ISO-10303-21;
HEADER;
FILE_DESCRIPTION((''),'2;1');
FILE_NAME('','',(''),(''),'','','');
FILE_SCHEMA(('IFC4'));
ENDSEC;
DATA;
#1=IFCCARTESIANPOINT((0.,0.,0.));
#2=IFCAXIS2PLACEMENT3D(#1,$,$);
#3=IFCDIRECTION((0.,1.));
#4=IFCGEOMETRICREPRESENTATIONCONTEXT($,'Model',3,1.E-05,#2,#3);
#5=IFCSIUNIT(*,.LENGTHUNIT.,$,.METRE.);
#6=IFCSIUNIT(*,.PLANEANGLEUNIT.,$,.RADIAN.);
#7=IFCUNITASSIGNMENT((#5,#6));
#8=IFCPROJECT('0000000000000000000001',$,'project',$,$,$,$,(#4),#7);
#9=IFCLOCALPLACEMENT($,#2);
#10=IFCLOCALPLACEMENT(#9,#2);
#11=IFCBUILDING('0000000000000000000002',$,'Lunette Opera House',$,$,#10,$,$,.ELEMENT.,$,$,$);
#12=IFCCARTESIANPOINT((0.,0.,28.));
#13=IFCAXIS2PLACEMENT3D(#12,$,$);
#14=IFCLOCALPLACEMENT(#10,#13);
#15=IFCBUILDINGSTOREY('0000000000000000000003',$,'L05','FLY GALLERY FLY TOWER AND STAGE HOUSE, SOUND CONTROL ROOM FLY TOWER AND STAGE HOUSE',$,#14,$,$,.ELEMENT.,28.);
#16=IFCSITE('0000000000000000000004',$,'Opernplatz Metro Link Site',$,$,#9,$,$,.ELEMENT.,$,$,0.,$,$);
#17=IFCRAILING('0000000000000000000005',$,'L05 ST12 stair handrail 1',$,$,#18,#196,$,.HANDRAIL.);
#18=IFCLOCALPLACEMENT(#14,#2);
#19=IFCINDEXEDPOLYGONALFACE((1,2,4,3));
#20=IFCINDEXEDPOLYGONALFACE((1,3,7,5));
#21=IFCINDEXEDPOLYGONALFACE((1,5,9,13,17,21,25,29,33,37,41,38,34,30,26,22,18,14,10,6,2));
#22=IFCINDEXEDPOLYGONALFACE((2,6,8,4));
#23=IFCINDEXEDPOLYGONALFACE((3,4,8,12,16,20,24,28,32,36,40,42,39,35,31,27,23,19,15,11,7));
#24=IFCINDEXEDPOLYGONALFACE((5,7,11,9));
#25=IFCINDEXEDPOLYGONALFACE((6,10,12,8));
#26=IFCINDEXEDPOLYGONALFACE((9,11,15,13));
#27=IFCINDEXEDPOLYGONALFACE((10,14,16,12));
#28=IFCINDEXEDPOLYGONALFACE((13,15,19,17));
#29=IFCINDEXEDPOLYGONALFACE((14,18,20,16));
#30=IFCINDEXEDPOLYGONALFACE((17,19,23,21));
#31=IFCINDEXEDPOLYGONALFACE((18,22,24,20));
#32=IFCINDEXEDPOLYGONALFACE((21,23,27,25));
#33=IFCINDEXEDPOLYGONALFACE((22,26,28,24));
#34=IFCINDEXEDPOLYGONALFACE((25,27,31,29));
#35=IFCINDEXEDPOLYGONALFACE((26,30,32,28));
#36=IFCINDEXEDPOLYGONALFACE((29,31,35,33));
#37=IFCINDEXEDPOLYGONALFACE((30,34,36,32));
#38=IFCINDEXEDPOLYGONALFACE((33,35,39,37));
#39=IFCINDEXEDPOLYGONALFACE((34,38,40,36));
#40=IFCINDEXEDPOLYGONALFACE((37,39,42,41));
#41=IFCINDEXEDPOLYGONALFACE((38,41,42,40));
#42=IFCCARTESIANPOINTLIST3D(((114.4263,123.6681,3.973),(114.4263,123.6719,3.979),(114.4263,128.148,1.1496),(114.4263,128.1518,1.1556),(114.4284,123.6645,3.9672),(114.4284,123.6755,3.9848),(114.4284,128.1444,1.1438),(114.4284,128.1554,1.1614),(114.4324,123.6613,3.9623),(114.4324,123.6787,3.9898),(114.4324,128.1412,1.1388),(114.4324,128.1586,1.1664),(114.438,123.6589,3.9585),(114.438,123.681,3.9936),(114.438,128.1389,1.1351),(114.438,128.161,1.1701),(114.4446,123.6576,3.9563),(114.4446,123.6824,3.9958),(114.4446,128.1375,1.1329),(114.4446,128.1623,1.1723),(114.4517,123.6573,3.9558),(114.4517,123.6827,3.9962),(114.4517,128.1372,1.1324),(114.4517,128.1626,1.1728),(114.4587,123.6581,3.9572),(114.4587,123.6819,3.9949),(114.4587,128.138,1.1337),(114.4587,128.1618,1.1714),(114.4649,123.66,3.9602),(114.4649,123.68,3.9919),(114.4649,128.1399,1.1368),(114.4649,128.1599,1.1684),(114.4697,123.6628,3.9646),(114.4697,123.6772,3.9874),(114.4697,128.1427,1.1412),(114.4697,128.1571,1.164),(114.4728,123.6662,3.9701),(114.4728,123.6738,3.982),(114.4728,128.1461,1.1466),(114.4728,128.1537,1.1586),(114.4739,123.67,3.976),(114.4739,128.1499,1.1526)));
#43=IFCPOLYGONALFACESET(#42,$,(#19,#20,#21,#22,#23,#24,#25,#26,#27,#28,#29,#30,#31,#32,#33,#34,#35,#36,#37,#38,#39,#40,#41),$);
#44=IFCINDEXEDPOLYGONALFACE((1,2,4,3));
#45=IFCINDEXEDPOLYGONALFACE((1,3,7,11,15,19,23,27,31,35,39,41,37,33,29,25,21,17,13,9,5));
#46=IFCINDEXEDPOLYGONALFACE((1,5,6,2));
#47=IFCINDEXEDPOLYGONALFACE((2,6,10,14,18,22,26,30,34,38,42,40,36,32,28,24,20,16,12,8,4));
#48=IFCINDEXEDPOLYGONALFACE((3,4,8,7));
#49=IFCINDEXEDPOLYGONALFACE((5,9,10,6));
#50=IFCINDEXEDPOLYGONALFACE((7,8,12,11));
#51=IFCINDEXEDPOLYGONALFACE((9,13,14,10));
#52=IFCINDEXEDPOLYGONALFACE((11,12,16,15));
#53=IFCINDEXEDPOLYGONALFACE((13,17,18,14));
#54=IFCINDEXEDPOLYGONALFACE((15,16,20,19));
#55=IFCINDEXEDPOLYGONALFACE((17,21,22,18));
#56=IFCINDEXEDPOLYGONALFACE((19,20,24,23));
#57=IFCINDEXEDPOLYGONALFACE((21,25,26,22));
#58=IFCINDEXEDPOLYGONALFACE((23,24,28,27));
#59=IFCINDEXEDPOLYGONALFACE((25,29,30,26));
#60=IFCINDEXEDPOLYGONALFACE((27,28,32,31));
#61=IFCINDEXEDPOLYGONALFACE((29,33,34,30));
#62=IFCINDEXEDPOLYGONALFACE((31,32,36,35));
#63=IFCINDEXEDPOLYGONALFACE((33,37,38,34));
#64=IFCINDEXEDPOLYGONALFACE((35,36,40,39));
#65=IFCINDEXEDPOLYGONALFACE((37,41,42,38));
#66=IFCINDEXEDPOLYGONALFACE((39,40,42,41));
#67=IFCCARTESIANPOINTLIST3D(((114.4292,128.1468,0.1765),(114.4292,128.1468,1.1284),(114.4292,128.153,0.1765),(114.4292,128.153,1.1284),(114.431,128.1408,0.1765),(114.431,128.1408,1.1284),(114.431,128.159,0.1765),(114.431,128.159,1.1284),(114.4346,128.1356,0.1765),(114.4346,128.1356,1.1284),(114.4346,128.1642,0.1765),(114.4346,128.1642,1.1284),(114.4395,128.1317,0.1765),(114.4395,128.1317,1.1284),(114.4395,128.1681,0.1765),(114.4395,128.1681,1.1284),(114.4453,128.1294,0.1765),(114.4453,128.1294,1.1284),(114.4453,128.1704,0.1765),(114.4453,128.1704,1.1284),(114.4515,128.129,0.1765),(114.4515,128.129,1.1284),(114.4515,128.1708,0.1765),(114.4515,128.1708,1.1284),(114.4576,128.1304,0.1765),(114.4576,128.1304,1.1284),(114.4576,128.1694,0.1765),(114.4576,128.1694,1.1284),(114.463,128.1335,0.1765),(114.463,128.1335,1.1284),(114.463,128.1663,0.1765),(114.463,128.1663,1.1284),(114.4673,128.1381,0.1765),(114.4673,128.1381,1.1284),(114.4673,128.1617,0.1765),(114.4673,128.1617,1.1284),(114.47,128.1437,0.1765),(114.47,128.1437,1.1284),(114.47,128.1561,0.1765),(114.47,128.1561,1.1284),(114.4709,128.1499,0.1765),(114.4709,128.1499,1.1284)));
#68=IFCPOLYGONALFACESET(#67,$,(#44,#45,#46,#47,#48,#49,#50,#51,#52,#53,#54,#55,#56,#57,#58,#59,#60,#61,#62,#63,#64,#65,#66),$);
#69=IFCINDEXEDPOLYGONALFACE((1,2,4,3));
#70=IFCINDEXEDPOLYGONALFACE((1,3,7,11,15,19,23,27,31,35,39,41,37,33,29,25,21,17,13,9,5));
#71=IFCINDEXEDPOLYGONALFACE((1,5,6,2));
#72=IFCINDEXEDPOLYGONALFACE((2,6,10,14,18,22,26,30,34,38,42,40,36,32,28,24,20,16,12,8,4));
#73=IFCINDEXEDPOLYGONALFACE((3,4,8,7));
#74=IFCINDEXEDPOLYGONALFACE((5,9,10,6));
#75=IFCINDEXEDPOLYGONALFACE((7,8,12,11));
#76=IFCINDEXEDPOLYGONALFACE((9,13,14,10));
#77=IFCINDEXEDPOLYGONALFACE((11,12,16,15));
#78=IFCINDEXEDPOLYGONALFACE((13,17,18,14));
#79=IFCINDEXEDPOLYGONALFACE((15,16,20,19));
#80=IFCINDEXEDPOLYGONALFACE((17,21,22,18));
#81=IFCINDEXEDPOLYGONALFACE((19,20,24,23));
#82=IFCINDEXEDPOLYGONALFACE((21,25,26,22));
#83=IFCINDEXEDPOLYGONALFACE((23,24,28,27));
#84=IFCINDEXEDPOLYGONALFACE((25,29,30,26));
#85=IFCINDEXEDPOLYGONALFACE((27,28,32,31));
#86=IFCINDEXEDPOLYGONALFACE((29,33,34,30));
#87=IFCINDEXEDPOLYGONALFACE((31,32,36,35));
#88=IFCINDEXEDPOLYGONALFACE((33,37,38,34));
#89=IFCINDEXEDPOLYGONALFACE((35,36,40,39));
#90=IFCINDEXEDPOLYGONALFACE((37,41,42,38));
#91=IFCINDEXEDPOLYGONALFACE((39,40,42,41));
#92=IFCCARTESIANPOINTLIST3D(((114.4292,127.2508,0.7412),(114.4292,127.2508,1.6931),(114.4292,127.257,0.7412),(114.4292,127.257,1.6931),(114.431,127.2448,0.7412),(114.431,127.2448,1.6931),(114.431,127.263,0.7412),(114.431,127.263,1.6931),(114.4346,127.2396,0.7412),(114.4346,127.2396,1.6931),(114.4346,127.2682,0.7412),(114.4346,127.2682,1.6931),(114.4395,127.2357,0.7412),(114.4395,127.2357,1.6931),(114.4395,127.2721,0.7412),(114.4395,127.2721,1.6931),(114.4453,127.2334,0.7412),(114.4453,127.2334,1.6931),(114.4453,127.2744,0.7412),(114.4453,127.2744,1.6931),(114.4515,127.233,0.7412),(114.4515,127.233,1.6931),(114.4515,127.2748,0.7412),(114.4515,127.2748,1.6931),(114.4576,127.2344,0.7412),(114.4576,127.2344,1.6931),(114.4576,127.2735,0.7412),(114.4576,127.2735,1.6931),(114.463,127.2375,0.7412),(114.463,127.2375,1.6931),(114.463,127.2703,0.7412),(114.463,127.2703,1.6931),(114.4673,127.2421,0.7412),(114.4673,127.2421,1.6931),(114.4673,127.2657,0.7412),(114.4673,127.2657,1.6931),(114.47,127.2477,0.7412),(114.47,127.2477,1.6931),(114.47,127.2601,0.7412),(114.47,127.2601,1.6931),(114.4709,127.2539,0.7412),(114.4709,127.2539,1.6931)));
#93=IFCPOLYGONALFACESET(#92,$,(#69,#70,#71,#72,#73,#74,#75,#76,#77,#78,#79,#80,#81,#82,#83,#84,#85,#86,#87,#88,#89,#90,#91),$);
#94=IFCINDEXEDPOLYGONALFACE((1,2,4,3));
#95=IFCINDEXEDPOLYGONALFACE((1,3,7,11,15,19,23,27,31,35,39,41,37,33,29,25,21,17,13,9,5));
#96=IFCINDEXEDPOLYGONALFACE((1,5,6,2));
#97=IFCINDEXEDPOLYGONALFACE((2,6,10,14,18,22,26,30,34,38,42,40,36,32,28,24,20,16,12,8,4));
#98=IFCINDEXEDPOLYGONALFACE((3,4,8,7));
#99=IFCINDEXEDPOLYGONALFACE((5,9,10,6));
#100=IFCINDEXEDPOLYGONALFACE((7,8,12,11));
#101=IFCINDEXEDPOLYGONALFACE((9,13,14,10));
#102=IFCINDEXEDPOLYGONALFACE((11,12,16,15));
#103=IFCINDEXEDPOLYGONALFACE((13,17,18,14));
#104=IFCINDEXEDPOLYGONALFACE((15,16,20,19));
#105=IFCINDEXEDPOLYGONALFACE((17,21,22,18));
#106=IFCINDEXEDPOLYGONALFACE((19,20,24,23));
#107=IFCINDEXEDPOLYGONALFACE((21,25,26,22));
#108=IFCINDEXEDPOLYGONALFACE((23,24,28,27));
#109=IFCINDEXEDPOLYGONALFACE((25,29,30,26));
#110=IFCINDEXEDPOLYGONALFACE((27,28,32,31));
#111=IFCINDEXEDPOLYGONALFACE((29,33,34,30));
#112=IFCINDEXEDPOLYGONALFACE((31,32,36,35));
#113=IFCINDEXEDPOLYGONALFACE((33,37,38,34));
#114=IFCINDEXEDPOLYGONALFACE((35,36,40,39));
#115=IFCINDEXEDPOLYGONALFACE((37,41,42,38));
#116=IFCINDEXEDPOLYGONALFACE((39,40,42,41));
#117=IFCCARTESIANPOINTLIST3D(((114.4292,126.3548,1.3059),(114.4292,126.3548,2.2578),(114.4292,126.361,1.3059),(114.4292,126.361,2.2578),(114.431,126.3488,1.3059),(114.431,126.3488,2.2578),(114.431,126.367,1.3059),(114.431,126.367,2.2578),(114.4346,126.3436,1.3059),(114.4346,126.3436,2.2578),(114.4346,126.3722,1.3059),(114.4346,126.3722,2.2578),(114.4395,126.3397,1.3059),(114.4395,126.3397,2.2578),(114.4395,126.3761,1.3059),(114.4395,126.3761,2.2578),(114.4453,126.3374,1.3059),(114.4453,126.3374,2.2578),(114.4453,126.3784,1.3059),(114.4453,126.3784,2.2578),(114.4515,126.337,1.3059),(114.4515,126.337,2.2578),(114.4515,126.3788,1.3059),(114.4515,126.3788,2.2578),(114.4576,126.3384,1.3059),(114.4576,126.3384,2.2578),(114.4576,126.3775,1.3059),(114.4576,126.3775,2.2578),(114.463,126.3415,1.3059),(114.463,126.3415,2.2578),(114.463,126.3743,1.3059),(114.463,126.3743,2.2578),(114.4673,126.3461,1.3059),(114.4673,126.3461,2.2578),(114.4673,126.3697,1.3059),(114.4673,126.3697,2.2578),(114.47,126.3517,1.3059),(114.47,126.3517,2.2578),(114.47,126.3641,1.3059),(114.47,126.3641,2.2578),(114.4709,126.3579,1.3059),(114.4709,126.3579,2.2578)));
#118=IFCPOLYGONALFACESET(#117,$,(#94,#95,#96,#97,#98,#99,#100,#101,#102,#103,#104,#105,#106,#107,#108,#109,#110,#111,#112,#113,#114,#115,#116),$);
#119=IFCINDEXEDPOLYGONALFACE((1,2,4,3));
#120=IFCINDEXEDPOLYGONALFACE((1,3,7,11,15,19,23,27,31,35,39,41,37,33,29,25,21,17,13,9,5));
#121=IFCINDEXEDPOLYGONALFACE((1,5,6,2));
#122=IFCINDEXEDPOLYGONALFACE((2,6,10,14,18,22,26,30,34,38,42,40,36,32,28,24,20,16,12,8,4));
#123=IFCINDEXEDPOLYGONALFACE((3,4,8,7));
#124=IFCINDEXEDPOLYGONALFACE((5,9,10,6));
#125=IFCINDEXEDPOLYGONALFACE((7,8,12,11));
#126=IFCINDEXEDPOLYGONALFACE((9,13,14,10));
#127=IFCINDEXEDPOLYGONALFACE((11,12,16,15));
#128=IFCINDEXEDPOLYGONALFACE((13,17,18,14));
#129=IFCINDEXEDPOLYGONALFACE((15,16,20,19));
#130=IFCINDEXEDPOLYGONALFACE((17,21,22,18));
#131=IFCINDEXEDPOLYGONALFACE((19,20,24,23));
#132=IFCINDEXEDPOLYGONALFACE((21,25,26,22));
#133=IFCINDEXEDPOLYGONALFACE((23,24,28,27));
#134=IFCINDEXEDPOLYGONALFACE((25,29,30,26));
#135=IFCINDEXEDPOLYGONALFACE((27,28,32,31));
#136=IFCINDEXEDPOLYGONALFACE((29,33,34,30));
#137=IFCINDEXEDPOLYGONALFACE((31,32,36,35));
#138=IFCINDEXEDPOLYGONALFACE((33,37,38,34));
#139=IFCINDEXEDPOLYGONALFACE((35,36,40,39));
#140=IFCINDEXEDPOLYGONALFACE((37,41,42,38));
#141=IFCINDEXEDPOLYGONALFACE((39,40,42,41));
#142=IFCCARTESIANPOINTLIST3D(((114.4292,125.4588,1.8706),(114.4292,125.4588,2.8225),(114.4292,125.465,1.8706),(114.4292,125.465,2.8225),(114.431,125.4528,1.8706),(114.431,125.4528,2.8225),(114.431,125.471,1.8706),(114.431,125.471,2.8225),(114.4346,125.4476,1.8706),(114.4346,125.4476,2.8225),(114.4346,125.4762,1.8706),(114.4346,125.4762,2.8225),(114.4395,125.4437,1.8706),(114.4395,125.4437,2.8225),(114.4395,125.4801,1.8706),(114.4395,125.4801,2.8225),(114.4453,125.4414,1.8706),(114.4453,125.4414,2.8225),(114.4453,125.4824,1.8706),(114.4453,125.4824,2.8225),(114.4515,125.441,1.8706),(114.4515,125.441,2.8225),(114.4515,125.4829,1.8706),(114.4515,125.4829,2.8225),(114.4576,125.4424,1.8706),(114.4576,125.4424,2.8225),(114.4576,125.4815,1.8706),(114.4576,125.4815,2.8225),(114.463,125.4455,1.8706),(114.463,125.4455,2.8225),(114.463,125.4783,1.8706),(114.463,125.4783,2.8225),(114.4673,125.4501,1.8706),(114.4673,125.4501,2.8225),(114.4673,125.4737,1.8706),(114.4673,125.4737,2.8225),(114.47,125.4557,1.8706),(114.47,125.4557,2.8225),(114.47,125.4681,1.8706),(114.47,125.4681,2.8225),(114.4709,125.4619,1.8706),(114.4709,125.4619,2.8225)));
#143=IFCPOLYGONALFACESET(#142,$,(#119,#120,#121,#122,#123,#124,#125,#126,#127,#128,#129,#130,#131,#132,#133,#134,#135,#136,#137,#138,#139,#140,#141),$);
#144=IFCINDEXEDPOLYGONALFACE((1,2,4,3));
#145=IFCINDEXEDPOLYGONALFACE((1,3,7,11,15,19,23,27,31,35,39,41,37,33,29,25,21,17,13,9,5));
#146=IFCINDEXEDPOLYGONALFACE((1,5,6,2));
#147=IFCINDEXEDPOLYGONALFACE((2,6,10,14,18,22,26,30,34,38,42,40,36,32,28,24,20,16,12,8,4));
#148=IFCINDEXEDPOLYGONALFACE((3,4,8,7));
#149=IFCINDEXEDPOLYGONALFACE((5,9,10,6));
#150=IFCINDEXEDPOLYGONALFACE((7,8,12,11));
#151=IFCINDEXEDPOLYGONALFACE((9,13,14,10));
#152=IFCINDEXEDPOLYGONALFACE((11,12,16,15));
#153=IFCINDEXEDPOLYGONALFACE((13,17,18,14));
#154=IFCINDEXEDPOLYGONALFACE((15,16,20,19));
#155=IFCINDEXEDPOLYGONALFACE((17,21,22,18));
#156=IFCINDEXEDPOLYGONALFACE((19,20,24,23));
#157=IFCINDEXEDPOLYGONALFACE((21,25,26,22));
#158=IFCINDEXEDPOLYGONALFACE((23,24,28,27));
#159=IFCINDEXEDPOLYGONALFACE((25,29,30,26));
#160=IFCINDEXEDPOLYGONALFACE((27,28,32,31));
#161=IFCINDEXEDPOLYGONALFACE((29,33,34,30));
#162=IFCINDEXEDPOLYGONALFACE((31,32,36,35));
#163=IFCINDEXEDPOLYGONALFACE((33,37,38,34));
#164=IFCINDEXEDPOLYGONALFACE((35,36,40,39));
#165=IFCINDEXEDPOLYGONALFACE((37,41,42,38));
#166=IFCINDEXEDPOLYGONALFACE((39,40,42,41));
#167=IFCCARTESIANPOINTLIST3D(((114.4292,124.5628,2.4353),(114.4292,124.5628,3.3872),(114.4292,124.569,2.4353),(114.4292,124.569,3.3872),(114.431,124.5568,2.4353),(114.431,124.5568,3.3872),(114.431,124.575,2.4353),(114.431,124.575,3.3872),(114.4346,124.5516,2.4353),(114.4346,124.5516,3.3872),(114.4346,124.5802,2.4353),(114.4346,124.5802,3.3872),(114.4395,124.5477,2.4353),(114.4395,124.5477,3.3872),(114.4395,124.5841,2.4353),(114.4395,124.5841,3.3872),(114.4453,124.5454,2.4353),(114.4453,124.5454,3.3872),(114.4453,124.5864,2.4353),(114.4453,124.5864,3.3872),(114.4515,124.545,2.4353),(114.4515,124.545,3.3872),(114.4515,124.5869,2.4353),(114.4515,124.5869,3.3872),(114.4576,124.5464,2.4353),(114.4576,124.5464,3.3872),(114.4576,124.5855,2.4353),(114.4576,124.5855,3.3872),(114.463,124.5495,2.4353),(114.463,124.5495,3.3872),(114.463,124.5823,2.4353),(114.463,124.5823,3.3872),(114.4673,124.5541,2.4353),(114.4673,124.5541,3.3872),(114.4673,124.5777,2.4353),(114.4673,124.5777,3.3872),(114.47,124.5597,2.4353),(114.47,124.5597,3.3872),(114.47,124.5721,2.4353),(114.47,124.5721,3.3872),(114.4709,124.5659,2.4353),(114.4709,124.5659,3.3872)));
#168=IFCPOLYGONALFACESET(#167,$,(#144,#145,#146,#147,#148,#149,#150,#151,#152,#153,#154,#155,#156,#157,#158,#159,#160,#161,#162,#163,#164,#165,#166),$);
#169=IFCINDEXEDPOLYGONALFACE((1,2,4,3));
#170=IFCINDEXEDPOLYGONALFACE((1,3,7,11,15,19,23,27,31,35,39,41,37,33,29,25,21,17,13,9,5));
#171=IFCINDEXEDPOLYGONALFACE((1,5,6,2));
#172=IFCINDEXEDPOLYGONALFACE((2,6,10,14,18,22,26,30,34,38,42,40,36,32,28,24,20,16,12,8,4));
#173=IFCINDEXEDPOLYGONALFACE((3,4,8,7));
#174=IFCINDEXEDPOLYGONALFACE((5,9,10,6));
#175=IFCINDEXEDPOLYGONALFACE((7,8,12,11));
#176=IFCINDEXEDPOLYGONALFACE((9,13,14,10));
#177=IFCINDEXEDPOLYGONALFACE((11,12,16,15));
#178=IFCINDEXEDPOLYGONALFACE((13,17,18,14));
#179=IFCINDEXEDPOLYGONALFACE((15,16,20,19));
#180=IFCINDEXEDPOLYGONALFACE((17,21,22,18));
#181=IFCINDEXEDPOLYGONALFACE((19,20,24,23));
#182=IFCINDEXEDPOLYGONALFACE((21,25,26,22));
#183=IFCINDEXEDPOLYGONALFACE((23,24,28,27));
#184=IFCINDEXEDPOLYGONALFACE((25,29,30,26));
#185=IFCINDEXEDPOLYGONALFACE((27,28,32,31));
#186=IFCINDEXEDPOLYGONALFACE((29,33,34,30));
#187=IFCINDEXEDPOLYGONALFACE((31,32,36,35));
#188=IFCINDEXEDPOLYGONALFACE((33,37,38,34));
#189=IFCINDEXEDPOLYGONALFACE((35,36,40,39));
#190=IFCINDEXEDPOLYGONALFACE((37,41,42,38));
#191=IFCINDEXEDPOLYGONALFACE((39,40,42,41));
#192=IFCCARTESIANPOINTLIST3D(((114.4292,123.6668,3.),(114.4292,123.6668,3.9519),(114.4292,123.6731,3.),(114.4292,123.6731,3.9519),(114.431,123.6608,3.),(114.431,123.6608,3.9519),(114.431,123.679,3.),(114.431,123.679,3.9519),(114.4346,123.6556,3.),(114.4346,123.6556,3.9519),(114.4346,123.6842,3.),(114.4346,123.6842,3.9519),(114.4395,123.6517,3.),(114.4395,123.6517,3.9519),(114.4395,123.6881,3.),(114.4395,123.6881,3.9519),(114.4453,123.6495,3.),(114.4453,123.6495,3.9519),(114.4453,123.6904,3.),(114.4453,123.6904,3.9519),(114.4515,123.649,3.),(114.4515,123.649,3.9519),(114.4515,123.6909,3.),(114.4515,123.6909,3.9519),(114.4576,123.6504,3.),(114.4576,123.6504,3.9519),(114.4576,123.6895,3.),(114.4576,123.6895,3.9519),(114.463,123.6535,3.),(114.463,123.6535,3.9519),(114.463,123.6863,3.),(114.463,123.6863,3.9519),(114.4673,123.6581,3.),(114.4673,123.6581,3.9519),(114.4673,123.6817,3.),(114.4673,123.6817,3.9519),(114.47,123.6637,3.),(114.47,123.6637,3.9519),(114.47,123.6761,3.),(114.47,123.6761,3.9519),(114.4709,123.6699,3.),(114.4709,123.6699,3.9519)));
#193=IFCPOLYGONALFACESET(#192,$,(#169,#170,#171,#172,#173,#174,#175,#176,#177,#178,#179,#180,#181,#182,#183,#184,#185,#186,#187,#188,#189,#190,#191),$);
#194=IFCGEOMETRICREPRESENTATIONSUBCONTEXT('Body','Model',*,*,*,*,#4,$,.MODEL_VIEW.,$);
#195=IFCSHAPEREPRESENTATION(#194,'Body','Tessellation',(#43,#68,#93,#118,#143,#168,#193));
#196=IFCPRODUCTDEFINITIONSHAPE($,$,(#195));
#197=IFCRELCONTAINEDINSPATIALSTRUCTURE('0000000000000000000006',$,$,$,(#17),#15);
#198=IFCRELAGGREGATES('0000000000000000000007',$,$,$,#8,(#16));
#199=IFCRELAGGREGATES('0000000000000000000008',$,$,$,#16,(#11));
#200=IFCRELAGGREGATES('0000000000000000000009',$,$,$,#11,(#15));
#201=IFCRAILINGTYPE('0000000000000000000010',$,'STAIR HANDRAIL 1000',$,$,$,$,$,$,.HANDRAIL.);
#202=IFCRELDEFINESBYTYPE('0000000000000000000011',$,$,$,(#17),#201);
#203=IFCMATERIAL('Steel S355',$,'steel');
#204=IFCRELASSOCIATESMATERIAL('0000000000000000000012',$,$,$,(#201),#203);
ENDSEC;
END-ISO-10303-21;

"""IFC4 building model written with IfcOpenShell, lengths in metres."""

from ifc_helpers import new_model, si_unit, direction, frame, origin, origin_2d, place, context, subcontext, project, spatial, circle, extrude, material, type_object, element, save


model = new_model("IFC4")

# Units and contexts
model_context = context("Model", 3, precision=1e-05, world=origin(), true_north=direction((0.0, 1.0)))
body_context = subcontext(model_context, "Body", "Model", "MODEL_VIEW")
ifc_project = project(units=[si_unit("LENGTHUNIT", "METRE"), si_unit("PLANEANGLEUNIT", "RADIAN")], contexts=[model_context])

# Site, building, storey
site_placement = place(None, origin())
site = spatial("IfcSite", under=ifc_project, at=site_placement, Name="Opernplatz Metro Link Site", CompositionType="ELEMENT", RefElevation=0.0)
building_placement = place(site_placement, origin())
building = spatial("IfcBuilding", under=site, at=building_placement, Name="Lunette Opera House", CompositionType="ELEMENT")
storey_placement = place(building_placement, frame((0.0, 0.0, 28.0)))
storey = spatial("IfcBuildingStorey", under=building, at=storey_placement, Name="L05", Description="FLY GALLERY FLY TOWER AND STAGE HOUSE, SOUND CONTROL ROOM FLY TOWER AND STAGE HOUSE", CompositionType="ELEMENT", Elevation=28.0)

# Railing
ifc_material_1 = material(Name="Steel S355", Category="steel")
railing_type_1 = type_object("IfcRailingType", Name="STAIR HANDRAIL 1000", PredefinedType="HANDRAIL", material=ifc_material_1)
railing_1_placement = place(storey_placement, frame((114.45, 128.1499, 0.1765)))
element("IfcRailing", 1, at=railing_1_placement, inside=storey, type_object=railing_type_1, Name="L05 ST12 stair handrail 1", PredefinedType="HANDRAIL", context=body_context, shape_type="SweptSolid", body=[
    extrude(circle(Radius=0.0239, at=origin_2d()), frame((0.0, 0.0, 0.9761), z_axis=(0.0, -0.845998, 0.533186), x_axis=(1.0, 0.0, 0.0)), (0.0, 0.0, 1.0), 5.2954),
    extrude(circle(Radius=0.021, at=origin_2d()), origin(), (0.0, 0.0, 1.0), 0.9519),
    extrude(circle(Radius=0.021, at=origin_2d()), frame((0.0, -0.896, 0.5647)), (0.0, 0.0, 1.0), 0.9519),
    extrude(circle(Radius=0.021, at=origin_2d()), frame((0.0, -1.792, 1.1294)), (0.0, 0.0, 1.0), 0.9519),
    extrude(circle(Radius=0.021, at=origin_2d()), frame((0.0, -2.688, 1.6941)), (0.0, 0.0, 1.0), 0.9519),
    extrude(circle(Radius=0.021, at=origin_2d()), frame((0.0, -3.584, 2.2588)), (0.0, 0.0, 1.0), 0.9519),
    extrude(circle(Radius=0.021, at=origin_2d()), frame((0.0, -4.48, 2.8235)), (0.0, 0.0, 1.0), 0.9519),
])

save(model, "model.ifc")
